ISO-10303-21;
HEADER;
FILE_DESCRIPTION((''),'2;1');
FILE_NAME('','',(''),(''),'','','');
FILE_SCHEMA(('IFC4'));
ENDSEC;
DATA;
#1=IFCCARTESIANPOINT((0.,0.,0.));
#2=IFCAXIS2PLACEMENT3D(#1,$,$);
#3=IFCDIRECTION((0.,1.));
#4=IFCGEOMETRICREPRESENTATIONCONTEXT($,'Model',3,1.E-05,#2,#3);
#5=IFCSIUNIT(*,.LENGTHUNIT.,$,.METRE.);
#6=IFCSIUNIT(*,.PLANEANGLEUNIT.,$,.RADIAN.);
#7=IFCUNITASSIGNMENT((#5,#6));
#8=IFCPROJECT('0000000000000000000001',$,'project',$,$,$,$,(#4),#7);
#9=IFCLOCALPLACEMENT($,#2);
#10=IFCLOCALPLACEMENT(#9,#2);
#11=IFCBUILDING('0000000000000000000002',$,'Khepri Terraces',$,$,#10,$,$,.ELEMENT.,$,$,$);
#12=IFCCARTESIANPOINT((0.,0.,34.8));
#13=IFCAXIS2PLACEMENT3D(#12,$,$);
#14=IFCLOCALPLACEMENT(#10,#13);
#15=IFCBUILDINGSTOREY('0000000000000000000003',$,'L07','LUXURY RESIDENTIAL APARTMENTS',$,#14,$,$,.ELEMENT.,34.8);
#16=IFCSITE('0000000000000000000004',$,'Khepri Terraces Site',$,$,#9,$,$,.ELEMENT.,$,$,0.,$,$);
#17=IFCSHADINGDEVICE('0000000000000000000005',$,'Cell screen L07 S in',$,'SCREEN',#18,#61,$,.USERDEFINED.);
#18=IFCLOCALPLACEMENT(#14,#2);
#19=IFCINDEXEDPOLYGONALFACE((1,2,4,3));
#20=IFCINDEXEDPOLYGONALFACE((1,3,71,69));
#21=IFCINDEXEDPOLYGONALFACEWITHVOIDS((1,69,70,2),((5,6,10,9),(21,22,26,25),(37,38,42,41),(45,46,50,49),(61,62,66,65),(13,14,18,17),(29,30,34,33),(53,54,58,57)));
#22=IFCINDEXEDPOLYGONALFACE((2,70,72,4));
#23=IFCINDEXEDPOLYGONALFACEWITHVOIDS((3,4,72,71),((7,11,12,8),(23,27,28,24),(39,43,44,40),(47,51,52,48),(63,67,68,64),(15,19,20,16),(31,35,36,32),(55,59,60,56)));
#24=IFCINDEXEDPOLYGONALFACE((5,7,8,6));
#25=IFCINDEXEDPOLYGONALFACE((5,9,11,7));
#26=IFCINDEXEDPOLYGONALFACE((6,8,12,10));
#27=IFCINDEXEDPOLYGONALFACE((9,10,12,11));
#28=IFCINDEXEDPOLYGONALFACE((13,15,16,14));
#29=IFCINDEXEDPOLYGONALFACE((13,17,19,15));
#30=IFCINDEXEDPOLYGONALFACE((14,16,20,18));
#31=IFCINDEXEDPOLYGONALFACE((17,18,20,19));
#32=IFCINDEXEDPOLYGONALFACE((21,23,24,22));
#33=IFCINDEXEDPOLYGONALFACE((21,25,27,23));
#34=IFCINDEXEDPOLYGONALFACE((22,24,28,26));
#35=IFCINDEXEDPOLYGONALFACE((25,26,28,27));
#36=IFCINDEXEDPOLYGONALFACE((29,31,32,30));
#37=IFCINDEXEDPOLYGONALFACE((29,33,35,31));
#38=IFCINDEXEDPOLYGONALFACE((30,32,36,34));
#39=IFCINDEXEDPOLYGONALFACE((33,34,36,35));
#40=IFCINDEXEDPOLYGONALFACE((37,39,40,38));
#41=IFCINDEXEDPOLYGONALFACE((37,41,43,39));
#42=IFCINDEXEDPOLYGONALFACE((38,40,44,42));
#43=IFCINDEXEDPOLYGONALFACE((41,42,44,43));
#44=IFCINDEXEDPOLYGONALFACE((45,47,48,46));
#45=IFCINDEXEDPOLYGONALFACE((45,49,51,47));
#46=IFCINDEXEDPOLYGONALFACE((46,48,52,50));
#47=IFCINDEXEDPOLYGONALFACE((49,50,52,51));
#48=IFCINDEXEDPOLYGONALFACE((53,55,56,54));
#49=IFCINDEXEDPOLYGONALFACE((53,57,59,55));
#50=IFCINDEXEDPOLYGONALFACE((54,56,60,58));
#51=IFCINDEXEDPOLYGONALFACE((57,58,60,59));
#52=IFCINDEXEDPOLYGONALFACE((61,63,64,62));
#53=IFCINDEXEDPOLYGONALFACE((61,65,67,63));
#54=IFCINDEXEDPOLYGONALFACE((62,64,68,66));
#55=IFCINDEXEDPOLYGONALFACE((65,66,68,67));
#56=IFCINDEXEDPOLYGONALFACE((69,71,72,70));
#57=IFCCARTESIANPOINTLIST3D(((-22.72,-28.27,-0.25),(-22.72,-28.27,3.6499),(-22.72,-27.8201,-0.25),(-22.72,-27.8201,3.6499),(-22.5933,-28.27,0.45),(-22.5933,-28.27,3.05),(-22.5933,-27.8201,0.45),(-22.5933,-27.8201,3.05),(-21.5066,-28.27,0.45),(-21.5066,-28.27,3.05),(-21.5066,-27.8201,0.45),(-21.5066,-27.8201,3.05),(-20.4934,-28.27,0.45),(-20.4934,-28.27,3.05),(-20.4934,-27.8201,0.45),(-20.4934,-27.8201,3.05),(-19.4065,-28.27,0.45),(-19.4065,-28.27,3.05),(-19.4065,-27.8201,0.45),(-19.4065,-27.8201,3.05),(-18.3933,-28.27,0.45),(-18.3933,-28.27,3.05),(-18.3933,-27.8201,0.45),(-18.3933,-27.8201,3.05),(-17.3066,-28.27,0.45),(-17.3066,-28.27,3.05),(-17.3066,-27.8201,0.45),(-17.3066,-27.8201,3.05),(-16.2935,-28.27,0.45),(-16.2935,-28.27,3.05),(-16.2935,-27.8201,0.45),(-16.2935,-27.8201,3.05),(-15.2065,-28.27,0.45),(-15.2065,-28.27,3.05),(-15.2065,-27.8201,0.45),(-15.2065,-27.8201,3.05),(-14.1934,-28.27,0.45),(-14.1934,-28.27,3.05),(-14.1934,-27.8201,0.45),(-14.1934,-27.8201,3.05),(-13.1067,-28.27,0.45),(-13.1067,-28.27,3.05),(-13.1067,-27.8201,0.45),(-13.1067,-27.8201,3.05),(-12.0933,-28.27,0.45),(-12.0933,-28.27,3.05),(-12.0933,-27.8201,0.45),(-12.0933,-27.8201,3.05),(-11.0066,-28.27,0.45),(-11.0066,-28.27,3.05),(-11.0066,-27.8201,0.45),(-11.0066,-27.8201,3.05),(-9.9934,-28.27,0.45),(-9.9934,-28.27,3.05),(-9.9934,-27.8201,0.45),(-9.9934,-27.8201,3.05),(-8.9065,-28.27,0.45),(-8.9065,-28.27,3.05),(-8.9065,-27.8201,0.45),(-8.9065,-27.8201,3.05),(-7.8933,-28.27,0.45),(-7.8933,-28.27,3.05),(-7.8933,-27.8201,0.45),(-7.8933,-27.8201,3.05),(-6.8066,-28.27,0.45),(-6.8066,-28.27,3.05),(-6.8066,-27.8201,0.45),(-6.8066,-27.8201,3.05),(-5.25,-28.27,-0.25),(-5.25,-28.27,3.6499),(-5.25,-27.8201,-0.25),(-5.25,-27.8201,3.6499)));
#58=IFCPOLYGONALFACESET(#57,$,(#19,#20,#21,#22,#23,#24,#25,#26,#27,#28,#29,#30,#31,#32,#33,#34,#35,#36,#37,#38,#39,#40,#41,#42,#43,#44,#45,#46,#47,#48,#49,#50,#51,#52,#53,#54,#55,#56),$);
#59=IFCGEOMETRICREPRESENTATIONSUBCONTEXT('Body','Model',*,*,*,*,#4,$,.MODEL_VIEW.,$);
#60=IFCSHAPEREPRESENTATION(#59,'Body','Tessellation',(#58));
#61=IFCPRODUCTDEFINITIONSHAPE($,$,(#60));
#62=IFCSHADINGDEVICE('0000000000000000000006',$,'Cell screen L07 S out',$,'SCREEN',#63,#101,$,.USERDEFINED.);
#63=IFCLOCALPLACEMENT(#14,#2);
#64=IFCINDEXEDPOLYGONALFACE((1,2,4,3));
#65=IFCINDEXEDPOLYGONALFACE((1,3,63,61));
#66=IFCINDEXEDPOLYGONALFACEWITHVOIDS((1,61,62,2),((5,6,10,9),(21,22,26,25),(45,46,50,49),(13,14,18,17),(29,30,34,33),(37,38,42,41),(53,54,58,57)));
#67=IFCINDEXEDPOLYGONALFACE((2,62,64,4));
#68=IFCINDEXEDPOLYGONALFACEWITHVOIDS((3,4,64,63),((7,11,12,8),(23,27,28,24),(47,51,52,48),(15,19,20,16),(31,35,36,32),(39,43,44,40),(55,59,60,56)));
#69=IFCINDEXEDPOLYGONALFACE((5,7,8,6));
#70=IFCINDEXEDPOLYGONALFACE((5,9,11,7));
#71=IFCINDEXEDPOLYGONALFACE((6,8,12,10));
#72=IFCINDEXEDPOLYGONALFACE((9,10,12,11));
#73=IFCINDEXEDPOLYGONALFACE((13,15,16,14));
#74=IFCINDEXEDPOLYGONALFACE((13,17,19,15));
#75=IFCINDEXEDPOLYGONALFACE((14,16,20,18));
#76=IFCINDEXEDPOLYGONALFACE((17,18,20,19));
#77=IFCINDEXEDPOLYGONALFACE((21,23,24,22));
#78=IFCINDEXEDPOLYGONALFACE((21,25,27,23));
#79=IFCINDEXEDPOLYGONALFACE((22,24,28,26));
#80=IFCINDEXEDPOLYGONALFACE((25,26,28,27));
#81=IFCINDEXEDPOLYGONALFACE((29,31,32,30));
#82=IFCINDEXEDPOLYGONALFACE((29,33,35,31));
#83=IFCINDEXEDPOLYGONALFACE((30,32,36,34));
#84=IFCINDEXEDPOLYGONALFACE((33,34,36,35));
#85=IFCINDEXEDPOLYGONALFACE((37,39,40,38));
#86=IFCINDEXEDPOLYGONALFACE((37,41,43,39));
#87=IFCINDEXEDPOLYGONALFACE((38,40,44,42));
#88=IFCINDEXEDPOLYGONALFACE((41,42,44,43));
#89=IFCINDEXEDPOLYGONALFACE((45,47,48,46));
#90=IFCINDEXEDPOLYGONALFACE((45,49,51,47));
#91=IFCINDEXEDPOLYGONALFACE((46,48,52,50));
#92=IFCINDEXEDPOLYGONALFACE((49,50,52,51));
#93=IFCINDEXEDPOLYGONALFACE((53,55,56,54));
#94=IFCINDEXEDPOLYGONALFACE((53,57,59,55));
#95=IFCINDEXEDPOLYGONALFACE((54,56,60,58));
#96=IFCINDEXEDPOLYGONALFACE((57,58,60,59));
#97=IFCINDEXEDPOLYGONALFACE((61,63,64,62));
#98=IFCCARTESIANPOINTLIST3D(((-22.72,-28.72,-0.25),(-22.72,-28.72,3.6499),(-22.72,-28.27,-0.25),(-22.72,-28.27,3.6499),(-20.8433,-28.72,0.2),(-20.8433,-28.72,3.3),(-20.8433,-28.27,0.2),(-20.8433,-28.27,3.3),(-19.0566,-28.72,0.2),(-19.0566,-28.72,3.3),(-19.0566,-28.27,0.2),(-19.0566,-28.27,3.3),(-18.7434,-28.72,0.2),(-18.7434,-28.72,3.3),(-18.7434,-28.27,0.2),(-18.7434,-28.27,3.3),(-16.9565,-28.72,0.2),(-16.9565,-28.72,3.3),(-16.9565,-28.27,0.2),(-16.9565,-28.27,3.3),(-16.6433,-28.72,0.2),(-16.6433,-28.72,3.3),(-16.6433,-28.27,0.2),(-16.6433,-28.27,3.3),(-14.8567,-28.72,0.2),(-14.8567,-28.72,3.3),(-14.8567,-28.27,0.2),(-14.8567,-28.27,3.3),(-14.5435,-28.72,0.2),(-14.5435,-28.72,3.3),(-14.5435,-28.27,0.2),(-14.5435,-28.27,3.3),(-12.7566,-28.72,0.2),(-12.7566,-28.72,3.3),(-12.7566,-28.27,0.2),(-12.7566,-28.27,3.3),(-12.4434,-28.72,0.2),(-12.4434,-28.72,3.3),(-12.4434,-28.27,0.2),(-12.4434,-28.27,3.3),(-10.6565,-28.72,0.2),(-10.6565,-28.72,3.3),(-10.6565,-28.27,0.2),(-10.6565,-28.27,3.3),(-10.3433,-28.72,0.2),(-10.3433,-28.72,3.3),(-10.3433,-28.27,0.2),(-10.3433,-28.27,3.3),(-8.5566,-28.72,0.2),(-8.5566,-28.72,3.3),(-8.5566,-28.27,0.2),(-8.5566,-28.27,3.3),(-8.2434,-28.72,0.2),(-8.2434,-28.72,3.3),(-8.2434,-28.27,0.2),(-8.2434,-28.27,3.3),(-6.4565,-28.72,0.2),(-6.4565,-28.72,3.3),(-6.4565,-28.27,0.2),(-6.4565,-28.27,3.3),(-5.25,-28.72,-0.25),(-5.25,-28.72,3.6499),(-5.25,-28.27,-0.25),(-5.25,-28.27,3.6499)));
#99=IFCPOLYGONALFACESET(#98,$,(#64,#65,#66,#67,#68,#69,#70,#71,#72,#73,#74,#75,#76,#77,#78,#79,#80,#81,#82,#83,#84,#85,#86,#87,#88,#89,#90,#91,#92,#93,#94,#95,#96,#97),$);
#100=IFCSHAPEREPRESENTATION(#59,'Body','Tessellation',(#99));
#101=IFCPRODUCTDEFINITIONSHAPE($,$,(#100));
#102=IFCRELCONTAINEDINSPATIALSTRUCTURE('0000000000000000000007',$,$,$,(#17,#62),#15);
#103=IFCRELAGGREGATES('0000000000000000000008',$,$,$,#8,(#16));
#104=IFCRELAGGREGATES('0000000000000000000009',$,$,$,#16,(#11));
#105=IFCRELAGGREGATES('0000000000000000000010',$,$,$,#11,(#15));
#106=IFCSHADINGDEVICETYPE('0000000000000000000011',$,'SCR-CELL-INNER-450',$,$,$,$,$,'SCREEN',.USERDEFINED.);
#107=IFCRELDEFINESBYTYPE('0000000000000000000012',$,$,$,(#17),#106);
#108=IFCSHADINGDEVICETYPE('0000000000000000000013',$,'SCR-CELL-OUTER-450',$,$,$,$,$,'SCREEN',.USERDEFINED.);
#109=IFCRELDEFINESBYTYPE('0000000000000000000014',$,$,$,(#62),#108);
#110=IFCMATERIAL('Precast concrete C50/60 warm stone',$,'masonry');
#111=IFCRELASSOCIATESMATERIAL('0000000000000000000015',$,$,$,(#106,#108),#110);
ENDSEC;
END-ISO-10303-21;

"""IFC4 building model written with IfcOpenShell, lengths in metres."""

from ifc_helpers import new_model, si_unit, direction, frame, origin, place, context, subcontext, project, spatial, polyline, outline, extrude, material, type_object, element, save


model = new_model("IFC4")

# Units and contexts
model_context = context("Model", 3, precision=1e-05, world=origin(), true_north=direction((0.0, 1.0)))
body_context = subcontext(model_context, "Body", "Model", "MODEL_VIEW")
ifc_project = project(units=[si_unit("LENGTHUNIT", "METRE"), si_unit("PLANEANGLEUNIT", "RADIAN")], contexts=[model_context])

# Site, building, storey
site_placement = place(None, origin())
site = spatial("IfcSite", under=ifc_project, at=site_placement, Name="Khepri Terraces Site", CompositionType="ELEMENT", RefElevation=0.0)
building_placement = place(site_placement, origin())
building = spatial("IfcBuilding", under=site, at=building_placement, Name="Khepri Terraces", CompositionType="ELEMENT")
storey_placement = place(building_placement, frame((0.0, 0.0, 34.8)))
storey = spatial("IfcBuildingStorey", under=building, at=storey_placement, Name="L07", Description="LUXURY RESIDENTIAL APARTMENTS", CompositionType="ELEMENT", Elevation=34.8)

# Shared definitions
ifc_material_1 = material(Name="Precast concrete C50/60 warm stone", Category="masonry")

# Shading devices
shading_device_type_1 = type_object("IfcShadingDeviceType", Name="SCR-CELL-INNER-450", ElementType="SCREEN", PredefinedType="USERDEFINED", material=ifc_material_1)
shading_device_1_placement = place(storey_placement, frame((-22.72, -27.8201, -0.25), z_axis=(0.0, -1.0, 0.0), x_axis=(1.0, 0.0, 0.0)))
element("IfcShadingDevice", 1, at=shading_device_1_placement, inside=storey, type_object=shading_device_type_1, Name="Cell screen L07 S in", ObjectType="SCREEN", PredefinedType="USERDEFINED", context=body_context, shape_type="SweptSolid", body=[
    extrude(outline(polyline([(0.0, 0.0), (17.47, 0.0), (17.47, 3.8999), (0.0, 3.8999), (0.0, 0.0)]), holes=[polyline([(0.1267, 0.7), (1.2134, 0.7), (1.2134, 3.3), (0.1267, 3.3), (0.1267, 0.7)]), polyline([(2.2266, 0.7), (3.3135, 0.7), (3.3135, 3.3), (2.2266, 3.3), (2.2266, 0.7)]), polyline([(4.3267, 0.7), (5.4133, 0.7), (5.4133, 3.3), (4.3267, 3.3), (4.3267, 0.7)]), polyline([(6.4265, 0.7), (7.5134, 0.7), (7.5134, 3.3), (6.4265, 3.3), (6.4265, 0.7)]), polyline([(8.5266, 0.7), (9.6133, 0.7), (9.6133, 3.3), (8.5266, 3.3), (8.5266, 0.7)]), polyline([(10.6267, 0.7), (11.7134, 0.7), (11.7134, 3.3), (10.6267, 3.3), (10.6267, 0.7)]), polyline([(12.7266, 0.7), (13.8135, 0.7), (13.8135, 3.3), (12.7266, 3.3), (12.7266, 0.7)]), polyline([(14.8267, 0.7), (15.9133, 0.7), (15.9133, 3.3), (14.8267, 3.3), (14.8267, 0.7)])]), origin(), (0.0, 0.0, 1.0), 0.45),
])
shading_device_type_2 = type_object("IfcShadingDeviceType", Name="SCR-CELL-OUTER-450", ElementType="SCREEN", PredefinedType="USERDEFINED", material=ifc_material_1)
shading_device_2_placement = place(storey_placement, frame((-22.72, -28.27, -0.25), z_axis=(0.0, -1.0, 0.0), x_axis=(1.0, 0.0, 0.0)))
element("IfcShadingDevice", 2, at=shading_device_2_placement, inside=storey, type_object=shading_device_type_2, Name="Cell screen L07 S out", ObjectType="SCREEN", PredefinedType="USERDEFINED", context=body_context, shape_type="SweptSolid", body=[
    extrude(outline(polyline([(0.0, 0.0), (17.47, 0.0), (17.47, 3.8999), (0.0, 3.8999), (0.0, 0.0)]), holes=[polyline([(1.8767, 0.45), (3.6633, 0.45), (3.6633, 3.55), (1.8767, 3.55), (1.8767, 0.45)]), polyline([(3.9766, 0.45), (5.7634, 0.45), (5.7634, 3.55), (3.9766, 3.55), (3.9766, 0.45)]), polyline([(6.0767, 0.45), (7.8633, 0.45), (7.8633, 3.55), (6.0767, 3.55), (6.0767, 0.45)]), polyline([(8.1765, 0.45), (9.9634, 0.45), (9.9634, 3.55), (8.1765, 3.55), (8.1765, 0.45)]), polyline([(10.2766, 0.45), (12.0635, 0.45), (12.0635, 3.55), (10.2766, 3.55), (10.2766, 0.45)]), polyline([(12.3767, 0.45), (14.1633, 0.45), (14.1633, 3.55), (12.3767, 3.55), (12.3767, 0.45)]), polyline([(14.4766, 0.45), (16.2634, 0.45), (16.2634, 3.55), (14.4766, 3.55), (14.4766, 0.45)])]), origin(), (0.0, 0.0, 1.0), 0.45),
])

save(model, "model.ifc")
